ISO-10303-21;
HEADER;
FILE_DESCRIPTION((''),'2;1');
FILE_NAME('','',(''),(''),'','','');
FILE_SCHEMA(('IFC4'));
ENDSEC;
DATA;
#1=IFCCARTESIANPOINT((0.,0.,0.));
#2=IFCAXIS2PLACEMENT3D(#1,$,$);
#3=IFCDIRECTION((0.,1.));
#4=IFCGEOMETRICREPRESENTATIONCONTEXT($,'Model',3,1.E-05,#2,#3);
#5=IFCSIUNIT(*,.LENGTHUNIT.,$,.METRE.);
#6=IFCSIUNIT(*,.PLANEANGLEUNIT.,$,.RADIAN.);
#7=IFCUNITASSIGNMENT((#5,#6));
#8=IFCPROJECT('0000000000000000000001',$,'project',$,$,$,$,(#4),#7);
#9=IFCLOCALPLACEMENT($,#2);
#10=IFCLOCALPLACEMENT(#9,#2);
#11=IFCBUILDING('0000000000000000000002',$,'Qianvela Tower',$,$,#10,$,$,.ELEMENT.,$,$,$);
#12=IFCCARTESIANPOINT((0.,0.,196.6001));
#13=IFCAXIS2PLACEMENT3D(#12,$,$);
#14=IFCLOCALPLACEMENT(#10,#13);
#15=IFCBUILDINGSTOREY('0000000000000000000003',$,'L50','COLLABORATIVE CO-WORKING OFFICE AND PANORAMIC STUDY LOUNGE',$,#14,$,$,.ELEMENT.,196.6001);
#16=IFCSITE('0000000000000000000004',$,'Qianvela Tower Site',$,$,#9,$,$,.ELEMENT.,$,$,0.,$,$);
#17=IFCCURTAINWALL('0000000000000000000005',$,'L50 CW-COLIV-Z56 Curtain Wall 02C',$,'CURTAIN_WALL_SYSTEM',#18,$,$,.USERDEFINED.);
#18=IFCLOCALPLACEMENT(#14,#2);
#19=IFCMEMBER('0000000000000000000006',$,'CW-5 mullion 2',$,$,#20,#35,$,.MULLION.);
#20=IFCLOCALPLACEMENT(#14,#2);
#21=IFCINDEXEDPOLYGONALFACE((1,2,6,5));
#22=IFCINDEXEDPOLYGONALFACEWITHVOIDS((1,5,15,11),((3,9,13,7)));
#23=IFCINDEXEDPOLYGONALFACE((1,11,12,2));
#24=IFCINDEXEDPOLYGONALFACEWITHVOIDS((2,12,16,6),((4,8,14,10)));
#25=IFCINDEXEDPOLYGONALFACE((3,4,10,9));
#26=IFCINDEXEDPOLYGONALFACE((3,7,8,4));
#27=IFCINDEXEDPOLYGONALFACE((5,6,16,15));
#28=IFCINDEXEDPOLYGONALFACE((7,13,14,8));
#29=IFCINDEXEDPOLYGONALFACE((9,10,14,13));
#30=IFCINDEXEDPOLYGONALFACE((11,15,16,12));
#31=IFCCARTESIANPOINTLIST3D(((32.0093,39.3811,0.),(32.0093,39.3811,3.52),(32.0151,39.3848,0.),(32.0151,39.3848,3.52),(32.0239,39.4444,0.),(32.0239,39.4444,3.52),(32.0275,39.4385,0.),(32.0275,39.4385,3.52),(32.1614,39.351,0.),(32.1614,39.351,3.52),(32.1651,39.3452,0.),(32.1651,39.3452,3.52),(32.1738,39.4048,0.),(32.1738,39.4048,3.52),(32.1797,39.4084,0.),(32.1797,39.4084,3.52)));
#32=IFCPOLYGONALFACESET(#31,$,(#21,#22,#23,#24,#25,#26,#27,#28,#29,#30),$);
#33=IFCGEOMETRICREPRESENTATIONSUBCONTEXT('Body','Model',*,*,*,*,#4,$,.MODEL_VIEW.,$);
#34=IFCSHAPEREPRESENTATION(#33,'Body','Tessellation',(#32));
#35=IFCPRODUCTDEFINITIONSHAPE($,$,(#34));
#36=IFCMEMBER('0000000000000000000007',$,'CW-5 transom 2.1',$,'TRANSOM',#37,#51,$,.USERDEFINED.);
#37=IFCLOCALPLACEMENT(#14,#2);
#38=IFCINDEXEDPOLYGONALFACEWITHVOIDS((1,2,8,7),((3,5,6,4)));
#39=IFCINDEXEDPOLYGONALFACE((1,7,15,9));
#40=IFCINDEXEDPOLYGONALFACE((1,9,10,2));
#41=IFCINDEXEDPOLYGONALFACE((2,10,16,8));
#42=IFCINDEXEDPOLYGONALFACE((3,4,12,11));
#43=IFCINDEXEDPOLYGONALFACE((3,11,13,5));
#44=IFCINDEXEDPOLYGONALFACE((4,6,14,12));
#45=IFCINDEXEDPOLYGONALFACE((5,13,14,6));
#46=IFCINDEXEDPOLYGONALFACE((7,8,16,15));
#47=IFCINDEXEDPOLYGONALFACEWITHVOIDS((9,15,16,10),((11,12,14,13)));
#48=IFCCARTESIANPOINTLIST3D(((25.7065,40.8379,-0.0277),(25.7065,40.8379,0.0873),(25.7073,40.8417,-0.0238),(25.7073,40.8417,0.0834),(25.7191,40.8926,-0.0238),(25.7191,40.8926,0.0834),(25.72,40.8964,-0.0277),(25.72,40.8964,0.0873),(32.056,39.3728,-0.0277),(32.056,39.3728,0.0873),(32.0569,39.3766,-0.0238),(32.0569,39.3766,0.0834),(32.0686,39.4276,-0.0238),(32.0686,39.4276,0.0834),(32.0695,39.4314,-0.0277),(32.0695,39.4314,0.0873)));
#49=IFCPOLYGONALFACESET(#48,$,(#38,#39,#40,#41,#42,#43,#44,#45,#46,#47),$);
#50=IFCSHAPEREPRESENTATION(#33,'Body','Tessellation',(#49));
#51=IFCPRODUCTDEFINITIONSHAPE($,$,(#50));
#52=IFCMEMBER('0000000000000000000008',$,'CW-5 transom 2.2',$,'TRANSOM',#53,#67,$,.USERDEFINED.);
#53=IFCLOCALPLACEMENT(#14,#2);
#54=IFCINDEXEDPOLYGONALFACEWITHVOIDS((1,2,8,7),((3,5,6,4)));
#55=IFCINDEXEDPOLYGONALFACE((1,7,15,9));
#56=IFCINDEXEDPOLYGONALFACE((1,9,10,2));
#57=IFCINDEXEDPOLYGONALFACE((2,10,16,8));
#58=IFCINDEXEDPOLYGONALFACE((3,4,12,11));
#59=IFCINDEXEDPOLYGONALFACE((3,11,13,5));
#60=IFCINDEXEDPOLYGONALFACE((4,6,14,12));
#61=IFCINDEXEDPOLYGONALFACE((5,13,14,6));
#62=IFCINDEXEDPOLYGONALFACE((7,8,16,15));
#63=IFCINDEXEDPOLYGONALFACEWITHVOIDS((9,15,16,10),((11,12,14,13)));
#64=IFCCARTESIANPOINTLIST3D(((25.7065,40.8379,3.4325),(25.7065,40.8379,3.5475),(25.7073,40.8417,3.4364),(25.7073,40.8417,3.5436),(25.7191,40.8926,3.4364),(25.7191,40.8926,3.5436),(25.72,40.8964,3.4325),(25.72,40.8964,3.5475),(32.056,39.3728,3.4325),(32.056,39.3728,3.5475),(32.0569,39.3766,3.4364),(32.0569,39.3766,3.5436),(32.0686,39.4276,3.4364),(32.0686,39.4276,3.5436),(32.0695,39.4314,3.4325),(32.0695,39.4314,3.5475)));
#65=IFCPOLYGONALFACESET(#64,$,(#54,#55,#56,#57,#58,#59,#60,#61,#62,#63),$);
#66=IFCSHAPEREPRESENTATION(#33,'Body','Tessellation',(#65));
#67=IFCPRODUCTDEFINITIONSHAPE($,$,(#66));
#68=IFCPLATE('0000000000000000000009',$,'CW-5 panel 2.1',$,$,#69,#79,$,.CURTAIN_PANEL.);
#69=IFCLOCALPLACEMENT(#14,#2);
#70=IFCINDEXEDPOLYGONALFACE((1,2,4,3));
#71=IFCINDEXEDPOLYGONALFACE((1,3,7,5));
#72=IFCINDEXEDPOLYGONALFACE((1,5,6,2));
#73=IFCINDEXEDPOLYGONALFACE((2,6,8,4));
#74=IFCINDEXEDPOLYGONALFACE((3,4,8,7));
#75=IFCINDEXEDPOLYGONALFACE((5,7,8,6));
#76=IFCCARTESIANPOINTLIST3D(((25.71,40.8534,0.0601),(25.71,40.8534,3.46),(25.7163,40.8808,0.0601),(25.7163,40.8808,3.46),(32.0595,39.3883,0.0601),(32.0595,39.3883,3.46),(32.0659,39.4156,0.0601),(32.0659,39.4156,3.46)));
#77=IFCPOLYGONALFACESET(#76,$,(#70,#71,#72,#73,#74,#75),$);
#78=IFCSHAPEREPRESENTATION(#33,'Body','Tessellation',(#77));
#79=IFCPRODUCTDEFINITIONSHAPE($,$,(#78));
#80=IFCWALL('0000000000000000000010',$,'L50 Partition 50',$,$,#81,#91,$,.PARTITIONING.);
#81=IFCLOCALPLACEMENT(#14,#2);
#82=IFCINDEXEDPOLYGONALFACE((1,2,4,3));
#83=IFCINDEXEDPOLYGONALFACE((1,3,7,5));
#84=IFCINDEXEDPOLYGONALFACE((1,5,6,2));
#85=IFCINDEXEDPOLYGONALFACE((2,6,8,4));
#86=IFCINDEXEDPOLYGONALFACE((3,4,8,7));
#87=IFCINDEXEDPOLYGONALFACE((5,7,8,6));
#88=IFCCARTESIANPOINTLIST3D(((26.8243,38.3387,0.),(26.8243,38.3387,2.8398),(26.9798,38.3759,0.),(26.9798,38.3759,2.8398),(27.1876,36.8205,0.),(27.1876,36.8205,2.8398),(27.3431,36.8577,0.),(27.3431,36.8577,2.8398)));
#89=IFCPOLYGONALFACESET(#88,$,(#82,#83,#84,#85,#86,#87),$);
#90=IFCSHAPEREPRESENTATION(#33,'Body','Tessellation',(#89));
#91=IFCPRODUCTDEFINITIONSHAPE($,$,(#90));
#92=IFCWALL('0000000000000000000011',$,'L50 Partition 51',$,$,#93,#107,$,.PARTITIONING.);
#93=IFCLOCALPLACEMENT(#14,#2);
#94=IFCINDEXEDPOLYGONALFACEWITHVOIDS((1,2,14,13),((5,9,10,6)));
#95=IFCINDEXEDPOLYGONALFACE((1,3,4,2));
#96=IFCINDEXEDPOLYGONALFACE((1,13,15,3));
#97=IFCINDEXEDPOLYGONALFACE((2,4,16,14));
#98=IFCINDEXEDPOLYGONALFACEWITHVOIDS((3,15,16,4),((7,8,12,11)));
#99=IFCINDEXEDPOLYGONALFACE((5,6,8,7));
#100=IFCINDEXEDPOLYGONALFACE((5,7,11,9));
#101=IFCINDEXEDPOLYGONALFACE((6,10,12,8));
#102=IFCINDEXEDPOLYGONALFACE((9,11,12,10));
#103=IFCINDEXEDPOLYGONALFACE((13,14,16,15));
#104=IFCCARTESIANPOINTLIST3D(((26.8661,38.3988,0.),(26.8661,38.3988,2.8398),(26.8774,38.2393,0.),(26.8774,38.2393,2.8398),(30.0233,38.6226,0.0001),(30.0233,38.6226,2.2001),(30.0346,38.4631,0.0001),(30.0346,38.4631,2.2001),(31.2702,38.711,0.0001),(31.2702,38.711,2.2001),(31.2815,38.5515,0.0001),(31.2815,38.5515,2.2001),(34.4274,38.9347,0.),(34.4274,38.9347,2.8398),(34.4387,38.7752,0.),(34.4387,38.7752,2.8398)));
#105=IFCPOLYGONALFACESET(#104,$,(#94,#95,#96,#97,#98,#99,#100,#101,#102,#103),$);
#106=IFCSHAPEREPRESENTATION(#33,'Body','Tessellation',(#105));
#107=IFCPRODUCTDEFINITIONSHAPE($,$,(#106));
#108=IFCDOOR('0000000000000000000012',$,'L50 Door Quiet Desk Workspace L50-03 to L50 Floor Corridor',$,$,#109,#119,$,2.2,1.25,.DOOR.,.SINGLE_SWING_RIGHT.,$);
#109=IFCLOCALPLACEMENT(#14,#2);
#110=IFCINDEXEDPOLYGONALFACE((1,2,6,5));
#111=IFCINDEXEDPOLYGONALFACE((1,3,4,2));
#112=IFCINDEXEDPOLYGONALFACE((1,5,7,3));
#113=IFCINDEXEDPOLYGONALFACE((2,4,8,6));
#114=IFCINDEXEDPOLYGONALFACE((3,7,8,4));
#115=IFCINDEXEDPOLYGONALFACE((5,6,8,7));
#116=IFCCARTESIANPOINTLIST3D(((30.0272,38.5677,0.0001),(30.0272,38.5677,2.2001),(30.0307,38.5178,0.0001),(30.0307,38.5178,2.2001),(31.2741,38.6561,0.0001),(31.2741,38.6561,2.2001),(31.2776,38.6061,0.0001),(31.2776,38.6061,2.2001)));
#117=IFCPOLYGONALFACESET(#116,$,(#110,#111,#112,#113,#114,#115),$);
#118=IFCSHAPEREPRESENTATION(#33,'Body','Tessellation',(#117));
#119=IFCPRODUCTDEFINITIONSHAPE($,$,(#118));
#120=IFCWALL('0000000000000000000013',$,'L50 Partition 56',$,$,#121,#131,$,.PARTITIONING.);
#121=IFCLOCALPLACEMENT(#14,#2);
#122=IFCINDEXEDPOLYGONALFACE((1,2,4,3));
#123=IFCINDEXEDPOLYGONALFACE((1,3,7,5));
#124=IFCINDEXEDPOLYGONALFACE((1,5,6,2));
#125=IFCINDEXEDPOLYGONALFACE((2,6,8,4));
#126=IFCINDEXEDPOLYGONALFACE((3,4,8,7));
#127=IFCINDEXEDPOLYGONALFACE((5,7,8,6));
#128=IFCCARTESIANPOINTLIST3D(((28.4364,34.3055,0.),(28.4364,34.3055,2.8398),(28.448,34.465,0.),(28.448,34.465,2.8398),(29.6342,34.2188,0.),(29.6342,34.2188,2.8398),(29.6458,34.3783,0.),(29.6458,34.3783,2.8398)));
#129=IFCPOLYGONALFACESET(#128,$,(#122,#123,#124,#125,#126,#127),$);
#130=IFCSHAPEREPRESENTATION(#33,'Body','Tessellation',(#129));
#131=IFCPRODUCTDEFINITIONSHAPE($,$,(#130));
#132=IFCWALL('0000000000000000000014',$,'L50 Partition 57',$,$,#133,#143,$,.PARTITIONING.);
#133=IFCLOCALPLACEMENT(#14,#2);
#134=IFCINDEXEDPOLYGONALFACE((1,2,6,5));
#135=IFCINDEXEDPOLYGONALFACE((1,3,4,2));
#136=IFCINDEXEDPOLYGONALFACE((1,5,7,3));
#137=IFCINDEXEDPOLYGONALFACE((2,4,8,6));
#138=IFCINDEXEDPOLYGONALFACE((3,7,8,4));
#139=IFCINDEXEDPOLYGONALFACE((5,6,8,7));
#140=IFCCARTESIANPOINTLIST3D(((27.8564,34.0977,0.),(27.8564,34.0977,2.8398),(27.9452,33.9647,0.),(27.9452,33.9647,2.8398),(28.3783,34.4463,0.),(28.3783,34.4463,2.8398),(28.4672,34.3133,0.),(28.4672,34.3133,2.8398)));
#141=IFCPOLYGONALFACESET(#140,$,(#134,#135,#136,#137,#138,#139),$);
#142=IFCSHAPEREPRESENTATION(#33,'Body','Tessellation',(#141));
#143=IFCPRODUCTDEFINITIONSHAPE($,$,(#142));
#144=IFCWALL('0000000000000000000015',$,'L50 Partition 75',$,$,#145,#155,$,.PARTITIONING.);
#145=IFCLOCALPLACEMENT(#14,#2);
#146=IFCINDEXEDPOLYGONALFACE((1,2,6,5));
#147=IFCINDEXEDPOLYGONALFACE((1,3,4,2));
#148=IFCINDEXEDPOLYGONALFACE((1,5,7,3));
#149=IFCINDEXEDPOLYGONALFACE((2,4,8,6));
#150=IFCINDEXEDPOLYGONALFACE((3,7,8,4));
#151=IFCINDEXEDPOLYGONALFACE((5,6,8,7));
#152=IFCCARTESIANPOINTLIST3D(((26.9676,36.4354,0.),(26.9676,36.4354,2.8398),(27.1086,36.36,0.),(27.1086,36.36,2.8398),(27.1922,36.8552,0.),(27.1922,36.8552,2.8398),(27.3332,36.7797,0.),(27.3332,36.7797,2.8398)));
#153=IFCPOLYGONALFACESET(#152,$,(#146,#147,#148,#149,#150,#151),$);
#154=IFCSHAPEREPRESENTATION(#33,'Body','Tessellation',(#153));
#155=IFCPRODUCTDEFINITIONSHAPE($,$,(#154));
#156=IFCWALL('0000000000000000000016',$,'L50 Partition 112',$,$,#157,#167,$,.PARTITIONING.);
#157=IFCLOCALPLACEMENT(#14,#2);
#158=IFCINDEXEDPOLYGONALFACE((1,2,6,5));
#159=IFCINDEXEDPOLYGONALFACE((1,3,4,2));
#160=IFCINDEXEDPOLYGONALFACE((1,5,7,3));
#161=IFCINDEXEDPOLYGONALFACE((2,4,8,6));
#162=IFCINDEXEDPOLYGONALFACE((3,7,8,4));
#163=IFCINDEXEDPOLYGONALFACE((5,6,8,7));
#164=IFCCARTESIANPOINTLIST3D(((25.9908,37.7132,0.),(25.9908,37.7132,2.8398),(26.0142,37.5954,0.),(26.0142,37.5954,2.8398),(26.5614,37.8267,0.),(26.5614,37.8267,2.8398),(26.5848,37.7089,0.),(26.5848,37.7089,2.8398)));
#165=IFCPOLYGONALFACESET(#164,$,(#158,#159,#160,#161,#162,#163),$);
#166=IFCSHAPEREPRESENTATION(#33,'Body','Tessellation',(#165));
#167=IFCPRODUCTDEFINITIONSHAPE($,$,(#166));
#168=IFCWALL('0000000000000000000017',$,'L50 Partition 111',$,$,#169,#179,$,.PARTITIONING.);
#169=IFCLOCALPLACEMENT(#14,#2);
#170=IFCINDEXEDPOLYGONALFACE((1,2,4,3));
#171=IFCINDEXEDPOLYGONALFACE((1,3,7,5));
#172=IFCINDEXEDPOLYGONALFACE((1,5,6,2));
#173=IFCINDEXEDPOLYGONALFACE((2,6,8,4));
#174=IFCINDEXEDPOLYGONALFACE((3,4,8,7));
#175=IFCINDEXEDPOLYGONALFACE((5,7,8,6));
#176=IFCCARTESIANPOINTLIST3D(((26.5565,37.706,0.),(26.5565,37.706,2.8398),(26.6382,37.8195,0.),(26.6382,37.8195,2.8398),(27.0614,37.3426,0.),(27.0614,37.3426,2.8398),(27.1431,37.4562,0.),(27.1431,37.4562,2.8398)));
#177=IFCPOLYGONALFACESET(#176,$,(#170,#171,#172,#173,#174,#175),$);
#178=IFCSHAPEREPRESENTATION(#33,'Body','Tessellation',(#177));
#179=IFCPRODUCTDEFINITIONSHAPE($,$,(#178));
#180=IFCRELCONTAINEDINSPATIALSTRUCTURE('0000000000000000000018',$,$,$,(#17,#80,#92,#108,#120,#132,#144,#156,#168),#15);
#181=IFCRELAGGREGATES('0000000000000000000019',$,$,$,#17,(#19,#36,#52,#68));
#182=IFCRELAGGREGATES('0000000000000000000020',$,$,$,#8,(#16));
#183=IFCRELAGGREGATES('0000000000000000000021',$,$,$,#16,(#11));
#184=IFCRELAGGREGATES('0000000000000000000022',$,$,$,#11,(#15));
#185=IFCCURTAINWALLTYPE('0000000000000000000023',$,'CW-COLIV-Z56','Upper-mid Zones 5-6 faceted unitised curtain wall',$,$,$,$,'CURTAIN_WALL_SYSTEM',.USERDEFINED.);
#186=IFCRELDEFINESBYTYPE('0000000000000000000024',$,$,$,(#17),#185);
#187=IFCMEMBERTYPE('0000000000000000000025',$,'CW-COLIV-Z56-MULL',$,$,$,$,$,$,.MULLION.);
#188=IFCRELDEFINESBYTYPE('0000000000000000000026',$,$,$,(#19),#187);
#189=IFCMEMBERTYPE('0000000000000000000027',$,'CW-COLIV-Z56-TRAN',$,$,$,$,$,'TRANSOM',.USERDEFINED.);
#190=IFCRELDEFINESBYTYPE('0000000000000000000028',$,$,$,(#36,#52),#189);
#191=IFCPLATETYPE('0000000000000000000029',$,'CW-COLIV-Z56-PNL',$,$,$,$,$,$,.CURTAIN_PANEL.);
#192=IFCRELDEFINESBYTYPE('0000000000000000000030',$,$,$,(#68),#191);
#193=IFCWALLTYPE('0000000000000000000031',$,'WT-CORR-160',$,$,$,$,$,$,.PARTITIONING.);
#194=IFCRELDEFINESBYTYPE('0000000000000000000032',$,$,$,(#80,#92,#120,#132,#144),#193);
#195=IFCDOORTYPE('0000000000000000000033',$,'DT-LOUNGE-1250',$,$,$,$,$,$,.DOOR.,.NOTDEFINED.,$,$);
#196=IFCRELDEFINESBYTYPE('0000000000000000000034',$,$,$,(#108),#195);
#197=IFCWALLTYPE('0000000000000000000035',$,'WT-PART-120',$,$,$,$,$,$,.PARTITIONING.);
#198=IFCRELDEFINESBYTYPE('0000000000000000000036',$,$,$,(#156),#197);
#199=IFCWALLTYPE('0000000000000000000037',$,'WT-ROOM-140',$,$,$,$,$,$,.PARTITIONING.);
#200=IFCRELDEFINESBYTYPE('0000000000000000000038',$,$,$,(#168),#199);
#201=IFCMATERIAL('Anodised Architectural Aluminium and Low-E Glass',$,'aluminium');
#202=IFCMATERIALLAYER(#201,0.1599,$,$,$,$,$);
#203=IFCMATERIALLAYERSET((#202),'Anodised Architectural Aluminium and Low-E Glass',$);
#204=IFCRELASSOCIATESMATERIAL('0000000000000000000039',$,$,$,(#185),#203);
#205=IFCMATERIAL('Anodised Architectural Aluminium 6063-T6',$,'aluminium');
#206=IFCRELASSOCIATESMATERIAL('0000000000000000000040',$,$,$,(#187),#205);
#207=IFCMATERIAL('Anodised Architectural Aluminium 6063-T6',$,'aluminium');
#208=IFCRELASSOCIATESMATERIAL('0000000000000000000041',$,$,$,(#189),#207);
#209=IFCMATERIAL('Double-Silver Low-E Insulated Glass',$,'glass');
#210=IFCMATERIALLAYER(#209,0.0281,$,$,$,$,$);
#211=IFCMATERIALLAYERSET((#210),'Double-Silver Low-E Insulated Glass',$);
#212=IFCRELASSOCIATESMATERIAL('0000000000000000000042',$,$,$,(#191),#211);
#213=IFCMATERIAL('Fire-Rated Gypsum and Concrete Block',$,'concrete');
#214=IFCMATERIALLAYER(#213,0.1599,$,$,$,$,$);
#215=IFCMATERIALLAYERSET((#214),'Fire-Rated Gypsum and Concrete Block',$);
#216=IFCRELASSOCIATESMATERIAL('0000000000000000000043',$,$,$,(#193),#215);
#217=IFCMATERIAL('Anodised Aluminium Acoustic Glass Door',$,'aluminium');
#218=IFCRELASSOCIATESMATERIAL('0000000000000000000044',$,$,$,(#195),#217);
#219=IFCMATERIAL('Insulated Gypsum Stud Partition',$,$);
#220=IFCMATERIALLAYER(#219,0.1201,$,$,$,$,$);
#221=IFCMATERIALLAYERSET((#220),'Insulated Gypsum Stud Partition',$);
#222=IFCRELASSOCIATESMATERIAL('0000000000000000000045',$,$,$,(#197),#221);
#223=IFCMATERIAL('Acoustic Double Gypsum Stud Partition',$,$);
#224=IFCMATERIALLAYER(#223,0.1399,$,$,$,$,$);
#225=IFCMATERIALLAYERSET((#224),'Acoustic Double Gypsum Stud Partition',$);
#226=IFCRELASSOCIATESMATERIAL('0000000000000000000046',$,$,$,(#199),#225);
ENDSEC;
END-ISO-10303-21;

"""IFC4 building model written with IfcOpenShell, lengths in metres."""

from ifc_helpers import new_model, si_unit, direction, frame, frame_2d, origin, origin_2d, place, context, subcontext, project, spatial, rectangle, hollow_rectangle, extrude, material, layer, layer_set, material_profile, profile_set, type_object, element, fill, aggregate, save


model = new_model("IFC4")

# Units and contexts
model_context = context("Model", 3, precision=1e-05, world=origin(), true_north=direction((0.0, 1.0)))
body_context = subcontext(model_context, "Body", "Model", "MODEL_VIEW")
ifc_project = project(units=[si_unit("LENGTHUNIT", "METRE"), si_unit("PLANEANGLEUNIT", "RADIAN")], contexts=[model_context])

# Site, building, storey
site_placement = place(None, origin())
site = spatial("IfcSite", under=ifc_project, at=site_placement, Name="Qianvela Tower Site", CompositionType="ELEMENT", RefElevation=0.0)
building_placement = place(site_placement, origin())
building = spatial("IfcBuilding", under=site, at=building_placement, Name="Qianvela Tower", CompositionType="ELEMENT")
storey_placement = place(building_placement, frame((0.0, 0.0, 196.6001)))
storey = spatial("IfcBuildingStorey", under=building, at=storey_placement, Name="L50", Description="COLLABORATIVE CO-WORKING OFFICE AND PANORAMIC STUDY LOUNGE", CompositionType="ELEMENT", Elevation=196.6001)

# Curtain wall, members, plate
ifc_material_1 = material(Name="Anodised Architectural Aluminium and Low-E Glass", Category="aluminium")
ifc_layer_1 = layer(ifc_material_1, 0.1599)
ifc_layer_set_1 = layer_set([ifc_layer_1], Name="Anodised Architectural Aluminium and Low-E Glass")
curtain_wall_type = type_object("IfcCurtainWallType", Name="CW-COLIV-Z56", Description="Upper-mid Zones 5-6 faceted unitised curtain wall", ElementType="CURTAIN_WALL_SYSTEM", PredefinedType="USERDEFINED", material=ifc_layer_set_1)
curtain_wall_placement = place(storey_placement, origin())
curtain_wall = element("IfcCurtainWall", 1, at=curtain_wall_placement, inside=storey, type_object=curtain_wall_type, Name="L50 CW-COLIV-Z56 Curtain Wall 02C", ObjectType="CURTAIN_WALL_SYSTEM", PredefinedType="USERDEFINED")
ifc_material_2 = material(Name="Anodised Architectural Aluminium 6063-T6", Category="aluminium")
ifc_material_profile_1 = material_profile(ifc_material_2, hollow_rectangle(XDim=0.0649, YDim=0.1599, WallThickness=0.0049, at=origin_2d()), Name="ALU-MULL-65x160")
ifc_profile_set_1 = profile_set([ifc_material_profile_1], Name="Anodised Architectural Aluminium 6063-T6")
member_type_1 = type_object("IfcMemberType", Name="CW-COLIV-Z56-MULL", PredefinedType="MULLION", material=ifc_profile_set_1)
member_1_placement = place(storey_placement, frame((32.0945, 39.3948, 0.0), z_axis=(0.0, 0.0, 1.0), x_axis=(-0.224836, -0.974397, 0.0)))
member_1 = element("IfcMember", 2, at=member_1_placement, type_object=member_type_1, Name="CW-5 mullion 2", PredefinedType="MULLION", context=body_context, shape_type="SweptSolid", body=[
    extrude(hollow_rectangle(XDim=0.0649, YDim=0.1599, WallThickness=0.0049, at=origin_2d()), origin(), (0.0, 0.0, 1.0), 3.52),
])
ifc_material_3 = material(Name="Anodised Architectural Aluminium 6063-T6", Category="aluminium")
ifc_material_profile_2 = material_profile(ifc_material_3, hollow_rectangle(XDim=0.0601, YDim=0.115, WallThickness=0.0039, at=origin_2d()), Name="ALU-TRAN-60x115")
ifc_profile_set_2 = profile_set([ifc_material_profile_2], Name="Anodised Architectural Aluminium 6063-T6")
member_type_2 = type_object("IfcMemberType", Name="CW-COLIV-Z56-TRAN", ElementType="TRANSOM", PredefinedType="USERDEFINED", material=ifc_profile_set_2)
member_2_placement = place(storey_placement, frame((32.0627, 39.4021, 0.0298), z_axis=(-0.974398, 0.224829, 0.0), x_axis=(-0.224829, -0.974398, 0.0)))
member_2 = element("IfcMember", 3, at=member_2_placement, type_object=member_type_2, Name="CW-5 transom 2.1", ObjectType="TRANSOM", PredefinedType="USERDEFINED", context=body_context, shape_type="SweptSolid", body=[
    extrude(hollow_rectangle(XDim=0.0601, YDim=0.115, WallThickness=0.0039, at=origin_2d()), origin(), (0.0, 0.0, 1.0), 6.5164),
])
member_3_placement = place(storey_placement, frame((32.0627, 39.4021, 3.49), z_axis=(-0.974398, 0.224829, 0.0), x_axis=(-0.224829, -0.974398, 0.0)))
member_3 = element("IfcMember", 4, at=member_3_placement, type_object=member_type_2, Name="CW-5 transom 2.2", ObjectType="TRANSOM", PredefinedType="USERDEFINED", context=body_context, shape_type="SweptSolid", body=[
    extrude(hollow_rectangle(XDim=0.0601, YDim=0.115, WallThickness=0.0039, at=origin_2d()), origin(), (0.0, 0.0, 1.0), 6.5164),
])
ifc_material_4 = material(Name="Double-Silver Low-E Insulated Glass", Category="glass")
ifc_layer_2 = layer(ifc_material_4, 0.0281)
ifc_layer_set_2 = layer_set([ifc_layer_2], Name="Double-Silver Low-E Insulated Glass")
plate_type = type_object("IfcPlateType", Name="CW-COLIV-Z56-PNL", PredefinedType="CURTAIN_PANEL", material=ifc_layer_set_2)
plate_placement = place(storey_placement, frame((28.8879, 40.1345, 0.0601), z_axis=(0.0, 0.0, 1.0), x_axis=(-0.974397, 0.224836, 0.0)))
plate = element("IfcPlate", 5, at=plate_placement, type_object=plate_type, Name="CW-5 panel 2.1", PredefinedType="CURTAIN_PANEL", context=body_context, shape_type="SweptSolid", body=[
    extrude(rectangle(XDim=6.5164, YDim=0.0281, at=origin_2d()), origin(), (0.0, 0.0, 1.0), 3.3999),
])
aggregate(curtain_wall, [member_1, member_2, member_3, plate])

# Shared definitions
ifc_material_5 = material(Name="Fire-Rated Gypsum and Concrete Block", Category="concrete")
ifc_layer_3 = layer(ifc_material_5, 0.1599)
ifc_layer_set_3 = layer_set([ifc_layer_3], Name="Fire-Rated Gypsum and Concrete Block")
wall_type_1 = type_object("IfcWallType", Name="WT-CORR-160", PredefinedType="PARTITIONING", material=ifc_layer_set_3)

# Wall
wall_1_placement = place(storey_placement, frame((27.2654, 36.8391, 0.0), z_axis=(0.0, 0.0, 1.0), x_axis=(-0.232734, 0.97254, 0.0)))
element("IfcWall", 6, at=wall_1_placement, inside=storey, type_object=wall_type_1, Name="L50 Partition 50", PredefinedType="PARTITIONING", context=body_context, shape_type="SweptSolid", body=[
    extrude(rectangle(XDim=1.561, YDim=0.1599, at=frame_2d((0.7805, 0.0))), origin(), (0.0, 0.0, 1.0), 2.8398),
])

# Wall, opening, door
wall_2_placement = place(storey_placement, frame((26.8718, 38.3191, 0.0), z_axis=(0.0, 0.0, 1.0), x_axis=(0.997498, 0.070695, 0.0)))
wall_2 = element("IfcWall", 7, at=wall_2_placement, inside=storey, type_object=wall_type_1, Name="L50 Partition 51", PredefinedType="PARTITIONING", context=body_context, shape_type="SweptSolid", body=[
    extrude(rectangle(XDim=7.5803, YDim=0.1599, at=frame_2d((3.79, 0.0))), origin(), (0.0, 0.0, 1.0), 2.8398),
])
opening_1_placement = place(wall_2_placement, frame((3.165, 0.0, 0.0)))
opening_1 = element("IfcOpeningElement", 8, at=opening_1_placement, cuts=wall_2, PredefinedType="OPENING", context=body_context, shape_type="SweptSolid", body=[
    extrude(rectangle(XDim=1.25, YDim=2.2, at=frame_2d((0.625, 1.1001))), frame((0.0, 0.0898, 0.0), z_axis=(0.0, -1.0, 0.0), x_axis=(1.0, 0.0, 0.0)), (0.0, 0.0, 1.0), 0.1799),
])
ifc_material_6 = material(Name="Anodised Aluminium Acoustic Glass Door", Category="aluminium")
door_type_1 = type_object("IfcDoorType", Name="DT-LOUNGE-1250", OperationType="NOTDEFINED", PredefinedType="DOOR", material=ifc_material_6)
door_1_placement = place(opening_1_placement, origin())
door_1 = element("IfcDoor", 9, at=door_1_placement, inside=storey, type_object=door_type_1, Name="L50 Door Quiet Desk Workspace L50-03 to L50 Floor Corridor", OperationType="SINGLE_SWING_RIGHT", OverallHeight=2.2, OverallWidth=1.25, PredefinedType="DOOR", context=body_context, shape_type="SweptSolid", body=[
    extrude(rectangle(XDim=1.25, YDim=2.2, at=frame_2d((0.625, 1.1001))), frame((0.0, 0.0249, 0.0), z_axis=(0.0, -1.0, 0.0), x_axis=(1.0, 0.0, 0.0)), (0.0, 0.0, 1.0), 0.05),
])
fill(opening_1, door_1)

# Walls
wall_3_placement = place(storey_placement, frame((29.6401, 34.2986, 0.0), z_axis=(0.0, 0.0, 1.0), x_axis=(-0.997392, 0.072172, 0.0)))
element("IfcWall", 10, at=wall_3_placement, inside=storey, type_object=wall_type_1, Name="L50 Partition 56", PredefinedType="PARTITIONING", context=body_context, shape_type="SweptSolid", body=[
    extrude(rectangle(XDim=1.2009, YDim=0.1599, at=frame_2d((0.6006, 0.0))), origin(), (0.0, 0.0, 1.0), 2.8398),
])
wall_4_placement = place(storey_placement, frame((28.4229, 34.3799, 0.0), z_axis=(0.0, 0.0, 1.0), x_axis=(-0.831571, -0.555418, 0.0)))
element("IfcWall", 11, at=wall_4_placement, inside=storey, type_object=wall_type_1, Name="L50 Partition 57", PredefinedType="PARTITIONING", context=body_context, shape_type="SweptSolid", body=[
    extrude(rectangle(XDim=0.6277, YDim=0.1599, at=frame_2d((0.314, 0.0))), origin(), (0.0, 0.0, 1.0), 2.8398),
])
wall_5_placement = place(storey_placement, frame((27.0381, 36.3977, 0.0), z_axis=(0.0, 0.0, 1.0), x_axis=(0.471866, 0.881671, 0.0)))
element("IfcWall", 12, at=wall_5_placement, inside=storey, type_object=wall_type_1, Name="L50 Partition 75", PredefinedType="PARTITIONING", context=body_context, shape_type="SweptSolid", body=[
    extrude(rectangle(XDim=0.4761, YDim=0.1599, at=frame_2d((0.238, 0.0))), origin(), (0.0, 0.0, 1.0), 2.8398),
])
ifc_material_7 = material(Name="Insulated Gypsum Stud Partition")
ifc_layer_4 = layer(ifc_material_7, 0.1201)
ifc_layer_set_4 = layer_set([ifc_layer_4], Name="Insulated Gypsum Stud Partition")
wall_type_2 = type_object("IfcWallType", Name="WT-PART-120", PredefinedType="PARTITIONING", material=ifc_layer_set_4)
wall_6_placement = place(storey_placement, frame((26.5732, 37.7678, 0.0), z_axis=(0.0, 0.0, 1.0), x_axis=(-0.980774, -0.195148, 0.0)))
element("IfcWall", 13, at=wall_6_placement, inside=storey, type_object=wall_type_2, Name="L50 Partition 112", PredefinedType="PARTITIONING", context=body_context, shape_type="SweptSolid", body=[
    extrude(rectangle(XDim=0.5818, YDim=0.1201, at=frame_2d((0.291, 0.0))), origin(), (0.0, 0.0, 1.0), 2.8398),
])
ifc_material_8 = material(Name="Acoustic Double Gypsum Stud Partition")
ifc_layer_5 = layer(ifc_material_8, 0.1399)
ifc_layer_set_5 = layer_set([ifc_layer_5], Name="Acoustic Double Gypsum Stud Partition")
wall_type_3 = type_object("IfcWallType", Name="WT-ROOM-140", PredefinedType="PARTITIONING", material=ifc_layer_set_5)
wall_7_placement = place(storey_placement, frame((27.1023, 37.3994, 0.0), z_axis=(0.0, 0.0, 1.0), x_axis=(-0.811713, 0.584057, 0.0)))
element("IfcWall", 14, at=wall_7_placement, inside=storey, type_object=wall_type_3, Name="L50 Partition 111", PredefinedType="PARTITIONING", context=body_context, shape_type="SweptSolid", body=[
    extrude(rectangle(XDim=0.6221, YDim=0.1399, at=frame_2d((0.311, 0.0))), origin(), (0.0, 0.0, 1.0), 2.8398),
])

save(model, "model.ifc")
